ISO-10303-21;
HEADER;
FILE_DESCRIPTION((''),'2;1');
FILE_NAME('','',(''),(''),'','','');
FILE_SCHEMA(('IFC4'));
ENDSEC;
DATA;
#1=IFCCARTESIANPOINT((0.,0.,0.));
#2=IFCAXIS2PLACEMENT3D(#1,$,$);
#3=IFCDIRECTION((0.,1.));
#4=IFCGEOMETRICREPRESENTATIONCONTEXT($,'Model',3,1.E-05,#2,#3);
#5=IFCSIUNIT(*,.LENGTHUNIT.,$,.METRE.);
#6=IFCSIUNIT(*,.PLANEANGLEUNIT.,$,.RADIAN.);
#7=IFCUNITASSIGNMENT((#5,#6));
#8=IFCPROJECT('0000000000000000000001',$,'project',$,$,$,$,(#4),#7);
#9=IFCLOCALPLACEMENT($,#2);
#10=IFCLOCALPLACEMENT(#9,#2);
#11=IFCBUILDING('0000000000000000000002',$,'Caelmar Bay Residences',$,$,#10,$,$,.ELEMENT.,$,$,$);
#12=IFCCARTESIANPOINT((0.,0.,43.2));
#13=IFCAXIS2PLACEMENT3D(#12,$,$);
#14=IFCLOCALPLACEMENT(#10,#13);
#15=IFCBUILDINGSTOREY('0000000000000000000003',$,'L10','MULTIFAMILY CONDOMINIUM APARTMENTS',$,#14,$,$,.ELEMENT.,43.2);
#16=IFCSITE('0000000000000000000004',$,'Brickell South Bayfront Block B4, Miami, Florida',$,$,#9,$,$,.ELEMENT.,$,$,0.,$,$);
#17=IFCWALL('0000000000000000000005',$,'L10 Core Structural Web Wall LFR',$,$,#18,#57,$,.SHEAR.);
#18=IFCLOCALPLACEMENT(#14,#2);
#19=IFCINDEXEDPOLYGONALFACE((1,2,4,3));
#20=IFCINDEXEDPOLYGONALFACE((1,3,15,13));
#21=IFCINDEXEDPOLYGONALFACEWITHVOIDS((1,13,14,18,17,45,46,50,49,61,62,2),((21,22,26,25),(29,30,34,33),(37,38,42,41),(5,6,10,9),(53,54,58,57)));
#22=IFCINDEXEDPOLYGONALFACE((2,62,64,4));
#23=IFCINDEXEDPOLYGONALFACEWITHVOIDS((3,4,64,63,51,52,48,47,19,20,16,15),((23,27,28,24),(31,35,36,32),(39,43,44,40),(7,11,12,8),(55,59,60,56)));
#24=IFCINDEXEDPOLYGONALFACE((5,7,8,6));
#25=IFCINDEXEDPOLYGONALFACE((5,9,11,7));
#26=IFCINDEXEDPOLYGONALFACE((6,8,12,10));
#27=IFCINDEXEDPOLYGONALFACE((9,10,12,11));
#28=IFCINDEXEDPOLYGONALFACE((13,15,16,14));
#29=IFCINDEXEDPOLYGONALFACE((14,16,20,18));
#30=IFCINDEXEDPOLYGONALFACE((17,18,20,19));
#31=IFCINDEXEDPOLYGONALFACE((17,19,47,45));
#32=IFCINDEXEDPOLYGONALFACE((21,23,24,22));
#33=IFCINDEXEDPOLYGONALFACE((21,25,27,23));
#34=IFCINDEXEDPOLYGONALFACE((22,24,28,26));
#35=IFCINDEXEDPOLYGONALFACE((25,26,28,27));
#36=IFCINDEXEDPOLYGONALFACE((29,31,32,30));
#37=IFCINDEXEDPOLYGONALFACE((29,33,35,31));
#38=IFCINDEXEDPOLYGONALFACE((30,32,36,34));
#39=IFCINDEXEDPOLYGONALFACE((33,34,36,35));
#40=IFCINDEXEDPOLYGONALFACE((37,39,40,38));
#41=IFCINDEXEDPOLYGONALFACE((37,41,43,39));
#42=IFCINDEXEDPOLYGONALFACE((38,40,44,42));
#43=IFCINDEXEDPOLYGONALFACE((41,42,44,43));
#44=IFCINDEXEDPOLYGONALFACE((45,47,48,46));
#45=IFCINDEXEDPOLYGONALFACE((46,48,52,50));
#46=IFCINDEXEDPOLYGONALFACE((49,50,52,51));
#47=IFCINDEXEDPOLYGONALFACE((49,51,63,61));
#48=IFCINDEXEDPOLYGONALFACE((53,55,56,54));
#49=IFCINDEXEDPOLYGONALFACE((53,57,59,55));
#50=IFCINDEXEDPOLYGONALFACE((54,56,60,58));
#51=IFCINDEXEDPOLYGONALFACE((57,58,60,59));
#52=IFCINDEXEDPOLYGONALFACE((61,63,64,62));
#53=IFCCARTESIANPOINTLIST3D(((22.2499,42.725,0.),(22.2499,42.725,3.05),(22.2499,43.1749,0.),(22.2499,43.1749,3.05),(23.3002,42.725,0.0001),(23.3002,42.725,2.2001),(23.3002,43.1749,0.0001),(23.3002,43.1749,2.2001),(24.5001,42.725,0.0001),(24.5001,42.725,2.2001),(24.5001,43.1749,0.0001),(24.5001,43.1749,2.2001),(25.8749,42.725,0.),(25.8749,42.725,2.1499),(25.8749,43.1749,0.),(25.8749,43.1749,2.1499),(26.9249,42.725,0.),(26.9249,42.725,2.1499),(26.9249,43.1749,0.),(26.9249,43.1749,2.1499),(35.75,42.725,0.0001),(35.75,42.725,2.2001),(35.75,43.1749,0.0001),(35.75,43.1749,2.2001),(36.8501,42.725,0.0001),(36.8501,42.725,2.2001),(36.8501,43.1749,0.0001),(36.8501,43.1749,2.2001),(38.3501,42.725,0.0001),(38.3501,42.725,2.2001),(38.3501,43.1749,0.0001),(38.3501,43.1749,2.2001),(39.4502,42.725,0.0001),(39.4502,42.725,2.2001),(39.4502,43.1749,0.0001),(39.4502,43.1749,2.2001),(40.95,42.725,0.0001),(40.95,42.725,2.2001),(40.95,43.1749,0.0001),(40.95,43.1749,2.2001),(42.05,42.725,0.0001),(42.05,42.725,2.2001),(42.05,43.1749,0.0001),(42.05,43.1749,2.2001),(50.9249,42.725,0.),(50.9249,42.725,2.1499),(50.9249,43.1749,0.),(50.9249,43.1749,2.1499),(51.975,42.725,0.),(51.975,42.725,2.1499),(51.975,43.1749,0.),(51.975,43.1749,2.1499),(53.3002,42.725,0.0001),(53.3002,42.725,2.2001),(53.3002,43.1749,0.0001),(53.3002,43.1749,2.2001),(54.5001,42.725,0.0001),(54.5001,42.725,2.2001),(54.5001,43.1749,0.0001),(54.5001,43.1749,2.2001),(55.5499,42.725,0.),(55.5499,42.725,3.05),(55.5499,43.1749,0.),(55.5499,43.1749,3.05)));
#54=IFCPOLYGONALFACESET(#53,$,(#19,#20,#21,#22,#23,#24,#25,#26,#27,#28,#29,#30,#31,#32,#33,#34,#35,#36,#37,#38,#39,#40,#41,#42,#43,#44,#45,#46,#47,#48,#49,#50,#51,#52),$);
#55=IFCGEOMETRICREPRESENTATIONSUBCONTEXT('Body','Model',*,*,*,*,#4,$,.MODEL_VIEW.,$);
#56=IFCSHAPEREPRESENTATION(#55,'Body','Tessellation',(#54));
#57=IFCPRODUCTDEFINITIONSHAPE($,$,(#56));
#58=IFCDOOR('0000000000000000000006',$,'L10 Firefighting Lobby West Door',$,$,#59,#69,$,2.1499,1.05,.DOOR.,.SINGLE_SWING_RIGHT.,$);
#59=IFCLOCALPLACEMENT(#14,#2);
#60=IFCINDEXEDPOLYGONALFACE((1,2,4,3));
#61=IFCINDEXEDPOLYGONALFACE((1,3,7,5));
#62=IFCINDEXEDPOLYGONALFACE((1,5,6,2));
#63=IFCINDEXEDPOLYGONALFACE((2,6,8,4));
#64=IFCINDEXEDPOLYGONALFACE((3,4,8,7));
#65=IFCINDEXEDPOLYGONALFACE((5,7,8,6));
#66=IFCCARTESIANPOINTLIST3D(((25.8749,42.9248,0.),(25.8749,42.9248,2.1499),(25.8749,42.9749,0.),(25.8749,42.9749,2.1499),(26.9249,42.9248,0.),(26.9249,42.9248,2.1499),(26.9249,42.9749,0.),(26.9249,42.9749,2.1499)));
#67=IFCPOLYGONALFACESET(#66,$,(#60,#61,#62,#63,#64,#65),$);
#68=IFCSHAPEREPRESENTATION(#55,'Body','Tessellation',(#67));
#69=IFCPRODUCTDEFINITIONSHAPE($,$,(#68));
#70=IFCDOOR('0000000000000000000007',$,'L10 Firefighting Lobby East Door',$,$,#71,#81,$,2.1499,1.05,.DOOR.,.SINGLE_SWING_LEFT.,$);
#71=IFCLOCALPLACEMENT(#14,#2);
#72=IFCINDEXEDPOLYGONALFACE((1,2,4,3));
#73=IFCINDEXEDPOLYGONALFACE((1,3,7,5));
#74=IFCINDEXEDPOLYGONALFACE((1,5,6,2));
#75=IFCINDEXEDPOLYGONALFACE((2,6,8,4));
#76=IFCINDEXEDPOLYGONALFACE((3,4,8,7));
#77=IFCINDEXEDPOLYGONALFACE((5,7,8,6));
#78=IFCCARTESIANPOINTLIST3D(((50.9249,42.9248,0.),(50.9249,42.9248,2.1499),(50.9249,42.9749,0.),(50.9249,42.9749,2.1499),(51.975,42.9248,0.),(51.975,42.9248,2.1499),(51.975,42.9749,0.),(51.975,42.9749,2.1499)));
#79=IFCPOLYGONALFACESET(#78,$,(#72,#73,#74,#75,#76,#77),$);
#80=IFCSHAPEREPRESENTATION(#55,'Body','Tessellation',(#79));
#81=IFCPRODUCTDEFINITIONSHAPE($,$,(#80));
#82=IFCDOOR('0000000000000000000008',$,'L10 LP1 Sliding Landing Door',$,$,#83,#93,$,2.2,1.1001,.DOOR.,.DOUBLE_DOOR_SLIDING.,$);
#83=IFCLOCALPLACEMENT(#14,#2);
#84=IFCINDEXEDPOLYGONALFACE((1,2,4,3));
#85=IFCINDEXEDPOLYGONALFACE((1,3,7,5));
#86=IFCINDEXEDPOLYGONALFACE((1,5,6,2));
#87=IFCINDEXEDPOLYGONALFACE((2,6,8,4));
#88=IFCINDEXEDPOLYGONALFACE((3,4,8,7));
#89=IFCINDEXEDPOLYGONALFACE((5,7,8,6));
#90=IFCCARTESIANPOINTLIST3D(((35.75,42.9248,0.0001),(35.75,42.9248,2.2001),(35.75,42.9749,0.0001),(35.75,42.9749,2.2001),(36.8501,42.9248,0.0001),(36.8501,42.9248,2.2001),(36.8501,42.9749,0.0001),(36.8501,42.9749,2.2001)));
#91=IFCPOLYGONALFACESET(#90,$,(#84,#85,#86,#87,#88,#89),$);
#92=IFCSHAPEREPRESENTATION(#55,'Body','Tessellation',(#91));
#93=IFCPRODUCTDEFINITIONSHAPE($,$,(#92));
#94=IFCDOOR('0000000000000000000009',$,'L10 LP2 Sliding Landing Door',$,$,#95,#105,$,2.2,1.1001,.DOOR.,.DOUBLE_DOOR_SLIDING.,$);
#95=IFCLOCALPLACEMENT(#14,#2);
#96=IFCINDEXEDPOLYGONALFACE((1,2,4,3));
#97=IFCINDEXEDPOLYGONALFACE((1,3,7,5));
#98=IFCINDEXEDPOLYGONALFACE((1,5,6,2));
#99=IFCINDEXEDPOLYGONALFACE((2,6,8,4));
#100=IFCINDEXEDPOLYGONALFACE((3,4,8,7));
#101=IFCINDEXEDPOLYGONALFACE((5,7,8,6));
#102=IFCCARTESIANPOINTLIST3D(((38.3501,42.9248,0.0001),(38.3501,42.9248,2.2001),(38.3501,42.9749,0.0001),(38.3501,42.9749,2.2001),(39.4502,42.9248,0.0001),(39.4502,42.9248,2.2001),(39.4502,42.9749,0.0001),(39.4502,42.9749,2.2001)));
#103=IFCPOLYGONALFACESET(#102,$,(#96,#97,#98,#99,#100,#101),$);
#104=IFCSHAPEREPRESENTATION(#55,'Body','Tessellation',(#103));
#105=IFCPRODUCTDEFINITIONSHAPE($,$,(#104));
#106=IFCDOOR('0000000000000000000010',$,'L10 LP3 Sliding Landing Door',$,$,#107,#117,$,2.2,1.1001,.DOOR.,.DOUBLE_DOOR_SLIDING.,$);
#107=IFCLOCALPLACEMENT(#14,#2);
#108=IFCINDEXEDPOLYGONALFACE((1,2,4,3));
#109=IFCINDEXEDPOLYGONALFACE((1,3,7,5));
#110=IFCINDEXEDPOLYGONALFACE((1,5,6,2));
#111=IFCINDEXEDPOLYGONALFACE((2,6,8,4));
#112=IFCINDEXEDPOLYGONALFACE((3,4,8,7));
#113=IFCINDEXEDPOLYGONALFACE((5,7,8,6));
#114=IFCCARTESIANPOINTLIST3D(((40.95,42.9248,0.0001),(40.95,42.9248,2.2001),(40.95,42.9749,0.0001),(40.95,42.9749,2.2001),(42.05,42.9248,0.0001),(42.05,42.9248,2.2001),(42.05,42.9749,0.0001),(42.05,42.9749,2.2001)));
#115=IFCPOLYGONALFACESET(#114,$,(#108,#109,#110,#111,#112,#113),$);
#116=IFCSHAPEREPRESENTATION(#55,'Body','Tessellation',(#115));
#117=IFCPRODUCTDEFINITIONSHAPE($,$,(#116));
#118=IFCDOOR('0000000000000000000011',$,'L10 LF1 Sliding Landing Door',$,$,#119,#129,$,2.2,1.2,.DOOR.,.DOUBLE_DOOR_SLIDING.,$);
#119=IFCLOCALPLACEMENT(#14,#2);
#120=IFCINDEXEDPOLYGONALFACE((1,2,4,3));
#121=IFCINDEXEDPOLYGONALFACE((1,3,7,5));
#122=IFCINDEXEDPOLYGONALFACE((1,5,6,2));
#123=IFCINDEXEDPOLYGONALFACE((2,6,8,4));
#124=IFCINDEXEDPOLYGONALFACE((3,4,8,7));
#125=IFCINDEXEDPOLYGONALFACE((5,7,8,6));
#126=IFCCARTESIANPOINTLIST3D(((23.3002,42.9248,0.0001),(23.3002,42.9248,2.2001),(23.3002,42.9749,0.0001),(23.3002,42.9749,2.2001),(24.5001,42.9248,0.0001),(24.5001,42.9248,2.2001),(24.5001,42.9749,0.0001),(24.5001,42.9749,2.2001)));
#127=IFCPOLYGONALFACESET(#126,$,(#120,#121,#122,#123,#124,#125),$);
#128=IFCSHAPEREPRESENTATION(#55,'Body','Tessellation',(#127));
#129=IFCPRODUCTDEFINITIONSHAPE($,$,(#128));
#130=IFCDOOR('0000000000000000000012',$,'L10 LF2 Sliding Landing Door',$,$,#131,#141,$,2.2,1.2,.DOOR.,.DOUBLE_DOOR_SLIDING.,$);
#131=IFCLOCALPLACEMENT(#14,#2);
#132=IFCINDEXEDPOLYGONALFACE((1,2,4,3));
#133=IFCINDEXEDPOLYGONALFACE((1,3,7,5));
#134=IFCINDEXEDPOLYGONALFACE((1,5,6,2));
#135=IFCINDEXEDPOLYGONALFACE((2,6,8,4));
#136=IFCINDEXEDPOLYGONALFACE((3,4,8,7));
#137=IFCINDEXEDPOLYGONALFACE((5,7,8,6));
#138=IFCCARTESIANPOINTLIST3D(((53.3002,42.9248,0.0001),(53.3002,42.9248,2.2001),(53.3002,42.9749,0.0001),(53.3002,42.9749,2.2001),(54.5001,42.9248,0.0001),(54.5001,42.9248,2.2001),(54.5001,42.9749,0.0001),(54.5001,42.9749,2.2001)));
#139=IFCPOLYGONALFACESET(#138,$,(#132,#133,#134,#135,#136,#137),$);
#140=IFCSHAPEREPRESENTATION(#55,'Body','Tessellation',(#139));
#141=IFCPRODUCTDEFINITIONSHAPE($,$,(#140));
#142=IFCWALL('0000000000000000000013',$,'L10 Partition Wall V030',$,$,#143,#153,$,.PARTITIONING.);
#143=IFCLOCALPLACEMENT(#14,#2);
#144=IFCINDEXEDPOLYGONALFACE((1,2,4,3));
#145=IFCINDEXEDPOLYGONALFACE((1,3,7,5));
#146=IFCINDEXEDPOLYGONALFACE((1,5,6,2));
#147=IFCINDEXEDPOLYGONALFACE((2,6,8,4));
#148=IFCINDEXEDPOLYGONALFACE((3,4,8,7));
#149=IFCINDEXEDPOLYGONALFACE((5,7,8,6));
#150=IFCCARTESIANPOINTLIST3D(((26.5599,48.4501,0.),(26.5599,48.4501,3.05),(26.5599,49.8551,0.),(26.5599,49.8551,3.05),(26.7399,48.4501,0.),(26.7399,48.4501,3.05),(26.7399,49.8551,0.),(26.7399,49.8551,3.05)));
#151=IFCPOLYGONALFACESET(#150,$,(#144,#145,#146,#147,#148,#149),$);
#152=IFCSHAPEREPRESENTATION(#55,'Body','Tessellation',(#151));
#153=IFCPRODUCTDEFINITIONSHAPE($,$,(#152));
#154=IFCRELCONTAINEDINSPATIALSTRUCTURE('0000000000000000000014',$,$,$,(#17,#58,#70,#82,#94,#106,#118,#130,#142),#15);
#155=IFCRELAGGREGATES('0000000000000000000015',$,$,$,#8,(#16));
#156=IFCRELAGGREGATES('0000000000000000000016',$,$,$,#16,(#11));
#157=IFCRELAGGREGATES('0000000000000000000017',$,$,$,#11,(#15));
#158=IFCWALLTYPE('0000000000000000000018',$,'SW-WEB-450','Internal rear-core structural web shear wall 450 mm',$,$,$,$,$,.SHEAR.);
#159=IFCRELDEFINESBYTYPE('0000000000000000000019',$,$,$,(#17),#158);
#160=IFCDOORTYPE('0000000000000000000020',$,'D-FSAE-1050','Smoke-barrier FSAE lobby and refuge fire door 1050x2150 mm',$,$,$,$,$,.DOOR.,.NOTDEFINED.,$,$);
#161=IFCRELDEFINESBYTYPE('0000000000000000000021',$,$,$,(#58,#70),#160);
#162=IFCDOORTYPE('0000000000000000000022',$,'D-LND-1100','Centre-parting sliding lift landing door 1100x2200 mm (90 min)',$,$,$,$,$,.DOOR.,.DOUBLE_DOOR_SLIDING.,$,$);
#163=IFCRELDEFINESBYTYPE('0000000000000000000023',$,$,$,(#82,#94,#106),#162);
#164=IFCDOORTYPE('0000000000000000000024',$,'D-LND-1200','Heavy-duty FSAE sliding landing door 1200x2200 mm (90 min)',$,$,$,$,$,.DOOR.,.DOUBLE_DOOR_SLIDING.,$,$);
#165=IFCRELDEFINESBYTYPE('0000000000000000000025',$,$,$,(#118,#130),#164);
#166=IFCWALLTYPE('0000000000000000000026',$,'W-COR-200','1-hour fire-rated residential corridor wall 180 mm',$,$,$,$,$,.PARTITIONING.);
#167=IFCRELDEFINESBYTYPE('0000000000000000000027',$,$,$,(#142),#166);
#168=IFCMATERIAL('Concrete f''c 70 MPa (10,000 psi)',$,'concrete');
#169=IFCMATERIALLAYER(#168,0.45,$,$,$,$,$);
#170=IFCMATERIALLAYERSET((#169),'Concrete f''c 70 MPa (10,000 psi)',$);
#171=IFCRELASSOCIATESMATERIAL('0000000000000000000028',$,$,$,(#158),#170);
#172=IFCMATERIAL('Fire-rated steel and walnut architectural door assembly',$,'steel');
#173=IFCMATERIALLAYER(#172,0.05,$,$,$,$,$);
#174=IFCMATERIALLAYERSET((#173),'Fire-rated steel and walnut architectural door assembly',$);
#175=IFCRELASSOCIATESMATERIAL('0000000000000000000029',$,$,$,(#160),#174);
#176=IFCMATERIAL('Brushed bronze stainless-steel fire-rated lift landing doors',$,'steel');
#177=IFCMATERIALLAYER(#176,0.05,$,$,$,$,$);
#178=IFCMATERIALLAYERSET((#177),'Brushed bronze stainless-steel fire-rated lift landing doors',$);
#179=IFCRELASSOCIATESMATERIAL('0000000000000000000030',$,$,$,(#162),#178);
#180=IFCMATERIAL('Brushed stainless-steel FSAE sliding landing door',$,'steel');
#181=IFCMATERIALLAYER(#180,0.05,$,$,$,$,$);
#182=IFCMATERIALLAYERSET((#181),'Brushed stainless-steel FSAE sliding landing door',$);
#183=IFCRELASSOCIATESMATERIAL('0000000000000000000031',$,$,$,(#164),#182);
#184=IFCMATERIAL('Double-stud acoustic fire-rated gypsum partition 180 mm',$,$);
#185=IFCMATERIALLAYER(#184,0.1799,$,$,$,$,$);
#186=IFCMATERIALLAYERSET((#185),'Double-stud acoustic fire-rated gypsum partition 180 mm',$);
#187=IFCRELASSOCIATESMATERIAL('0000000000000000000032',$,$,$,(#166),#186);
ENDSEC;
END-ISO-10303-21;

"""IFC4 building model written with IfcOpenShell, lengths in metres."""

from ifc_helpers import new_model, si_unit, direction, frame, frame_2d, origin, place, context, subcontext, project, spatial, rectangle, extrude, material, layer, layer_set, type_object, element, fill, save


model = new_model("IFC4")

# Units and contexts
model_context = context("Model", 3, precision=1e-05, world=origin(), true_north=direction((0.0, 1.0)))
body_context = subcontext(model_context, "Body", "Model", "MODEL_VIEW")
ifc_project = project(units=[si_unit("LENGTHUNIT", "METRE"), si_unit("PLANEANGLEUNIT", "RADIAN")], contexts=[model_context])

# Site, building, storey
site_placement = place(None, origin())
site = spatial("IfcSite", under=ifc_project, at=site_placement, Name="Brickell South Bayfront Block B4, Miami, Florida", CompositionType="ELEMENT", RefElevation=0.0)
building_placement = place(site_placement, origin())
building = spatial("IfcBuilding", under=site, at=building_placement, Name="Caelmar Bay Residences", CompositionType="ELEMENT")
storey_placement = place(building_placement, frame((0.0, 0.0, 43.2)))
storey = spatial("IfcBuildingStorey", under=building, at=storey_placement, Name="L10", Description="MULTIFAMILY CONDOMINIUM APARTMENTS", CompositionType="ELEMENT", Elevation=43.2)

# Shared definitions
ifc_material_1 = material(Name="Fire-rated steel and walnut architectural door assembly", Category="steel")

# Wall, openings, doors
ifc_material_2 = material(Name="Concrete f'c 70 MPa (10,000 psi)", Category="concrete")
ifc_layer_1 = layer(ifc_material_2, 0.45)
ifc_layer_set_1 = layer_set([ifc_layer_1], Name="Concrete f'c 70 MPa (10,000 psi)")
wall_type_1 = type_object("IfcWallType", Name="SW-WEB-450", Description="Internal rear-core structural web shear wall 450 mm", PredefinedType="SHEAR", material=ifc_layer_set_1)
wall_1_placement = place(storey_placement, frame((22.25, 42.95, 0.0), z_axis=(0.0, 0.0, 1.0), x_axis=(1.0, 0.0, 0.0)))
wall_1 = element("IfcWall", 1, at=wall_1_placement, inside=storey, type_object=wall_type_1, Name="L10 Core Structural Web Wall LFR", PredefinedType="SHEAR", context=body_context, shape_type="SweptSolid", body=[
    extrude(rectangle(XDim=33.3, YDim=0.45, at=frame_2d((16.6499, 0.0))), origin(), (0.0, 0.0, 1.0), 3.05),
])
opening_1_placement = place(wall_1_placement, frame((1.05, 0.0, 0.0)))
opening_1 = element("IfcOpeningElement", 2, at=opening_1_placement, cuts=wall_1, PredefinedType="OPENING", context=body_context, shape_type="SweptSolid", body=[
    extrude(rectangle(XDim=1.2, YDim=2.2, at=frame_2d((0.6001, 1.1001))), frame((0.0, 0.2349, 0.0), z_axis=(0.0, -1.0, 0.0), x_axis=(1.0, 0.0, 0.0)), (0.0, 0.0, 1.0), 0.47),
])
opening_2_placement = place(wall_1_placement, frame((31.05, 0.0, 0.0)))
opening_2 = element("IfcOpeningElement", 3, at=opening_2_placement, cuts=wall_1, PredefinedType="OPENING", context=body_context, shape_type="SweptSolid", body=[
    extrude(rectangle(XDim=1.2, YDim=2.2, at=frame_2d((0.6001, 1.1001))), frame((0.0, 0.2349, 0.0), z_axis=(0.0, -1.0, 0.0), x_axis=(1.0, 0.0, 0.0)), (0.0, 0.0, 1.0), 0.47),
])
opening_3_placement = place(wall_1_placement, frame((13.5, 0.0, 0.0)))
opening_3 = element("IfcOpeningElement", 4, at=opening_3_placement, cuts=wall_1, PredefinedType="OPENING", context=body_context, shape_type="SweptSolid", body=[
    extrude(rectangle(XDim=1.1001, YDim=2.2, at=frame_2d((0.55, 1.1001))), frame((0.0, 0.2349, 0.0), z_axis=(0.0, -1.0, 0.0), x_axis=(1.0, 0.0, 0.0)), (0.0, 0.0, 1.0), 0.47),
])
opening_4_placement = place(wall_1_placement, frame((16.1001, 0.0, 0.0)))
opening_4 = element("IfcOpeningElement", 5, at=opening_4_placement, cuts=wall_1, PredefinedType="OPENING", context=body_context, shape_type="SweptSolid", body=[
    extrude(rectangle(XDim=1.1001, YDim=2.2, at=frame_2d((0.55, 1.1001))), frame((0.0, 0.2349, 0.0), z_axis=(0.0, -1.0, 0.0), x_axis=(1.0, 0.0, 0.0)), (0.0, 0.0, 1.0), 0.47),
])
opening_5_placement = place(wall_1_placement, frame((18.7, 0.0, 0.0)))
opening_5 = element("IfcOpeningElement", 6, at=opening_5_placement, cuts=wall_1, PredefinedType="OPENING", context=body_context, shape_type="SweptSolid", body=[
    extrude(rectangle(XDim=1.1001, YDim=2.2, at=frame_2d((0.55, 1.1001))), frame((0.0, 0.2349, 0.0), z_axis=(0.0, -1.0, 0.0), x_axis=(1.0, 0.0, 0.0)), (0.0, 0.0, 1.0), 0.47),
])
opening_6_placement = place(wall_1_placement, frame((3.625, 0.0, 0.0)))
opening_6 = element("IfcOpeningElement", 7, at=opening_6_placement, cuts=wall_1, PredefinedType="OPENING", context=body_context, shape_type="SweptSolid", body=[
    extrude(rectangle(XDim=1.05, YDim=2.1499, at=frame_2d((0.5249, 1.075))), frame((0.0, 0.2349, 0.0), z_axis=(0.0, -1.0, 0.0), x_axis=(1.0, 0.0, 0.0)), (0.0, 0.0, 1.0), 0.47),
])
opening_7_placement = place(wall_1_placement, frame((28.675, 0.0, 0.0)))
opening_7 = element("IfcOpeningElement", 8, at=opening_7_placement, cuts=wall_1, PredefinedType="OPENING", context=body_context, shape_type="SweptSolid", body=[
    extrude(rectangle(XDim=1.05, YDim=2.1499, at=frame_2d((0.5249, 1.075))), frame((0.0, 0.2349, 0.0), z_axis=(0.0, -1.0, 0.0), x_axis=(1.0, 0.0, 0.0)), (0.0, 0.0, 1.0), 0.47),
])
ifc_layer_2 = layer(ifc_material_1, 0.05)
ifc_layer_set_2 = layer_set([ifc_layer_2], Name="Fire-rated steel and walnut architectural door assembly")
door_type_1 = type_object("IfcDoorType", Name="D-FSAE-1050", Description="Smoke-barrier FSAE lobby and refuge fire door 1050x2150 mm", OperationType="NOTDEFINED", PredefinedType="DOOR", material=ifc_layer_set_2)
door_1_placement = place(opening_6_placement, origin())
door_1 = element("IfcDoor", 9, at=door_1_placement, inside=storey, type_object=door_type_1, Name="L10 Firefighting Lobby West Door", OperationType="SINGLE_SWING_RIGHT", OverallHeight=2.1499, OverallWidth=1.05, PredefinedType="DOOR", context=body_context, shape_type="SweptSolid", body=[
    extrude(rectangle(XDim=1.05, YDim=2.1499, at=frame_2d((0.5249, 1.075))), frame((0.0, 0.0249, 0.0), z_axis=(0.0, -1.0, 0.0), x_axis=(1.0, 0.0, 0.0)), (0.0, 0.0, 1.0), 0.05),
])
fill(opening_6, door_1)
door_2_placement = place(opening_7_placement, origin())
door_2 = element("IfcDoor", 10, at=door_2_placement, inside=storey, type_object=door_type_1, Name="L10 Firefighting Lobby East Door", OperationType="SINGLE_SWING_LEFT", OverallHeight=2.1499, OverallWidth=1.05, PredefinedType="DOOR", context=body_context, shape_type="SweptSolid", body=[
    extrude(rectangle(XDim=1.05, YDim=2.1499, at=frame_2d((0.5249, 1.075))), frame((0.0, 0.0249, 0.0), z_axis=(0.0, -1.0, 0.0), x_axis=(1.0, 0.0, 0.0)), (0.0, 0.0, 1.0), 0.05),
])
fill(opening_7, door_2)
ifc_material_3 = material(Name="Brushed bronze stainless-steel fire-rated lift landing doors", Category="steel")
ifc_layer_3 = layer(ifc_material_3, 0.05)
ifc_layer_set_3 = layer_set([ifc_layer_3], Name="Brushed bronze stainless-steel fire-rated lift landing doors")
door_type_2 = type_object("IfcDoorType", Name="D-LND-1100", Description="Centre-parting sliding lift landing door 1100x2200 mm (90 min)", OperationType="DOUBLE_DOOR_SLIDING", PredefinedType="DOOR", material=ifc_layer_set_3)
door_3_placement = place(opening_3_placement, origin())
door_3 = element("IfcDoor", 11, at=door_3_placement, inside=storey, type_object=door_type_2, Name="L10 LP1 Sliding Landing Door", OperationType="DOUBLE_DOOR_SLIDING", OverallHeight=2.2, OverallWidth=1.1001, PredefinedType="DOOR", context=body_context, shape_type="SweptSolid", body=[
    extrude(rectangle(XDim=1.1001, YDim=2.2, at=frame_2d((0.55, 1.1001))), frame((0.0, 0.0249, 0.0), z_axis=(0.0, -1.0, 0.0), x_axis=(1.0, 0.0, 0.0)), (0.0, 0.0, 1.0), 0.05),
])
fill(opening_3, door_3)
door_4_placement = place(opening_4_placement, origin())
door_4 = element("IfcDoor", 12, at=door_4_placement, inside=storey, type_object=door_type_2, Name="L10 LP2 Sliding Landing Door", OperationType="DOUBLE_DOOR_SLIDING", OverallHeight=2.2, OverallWidth=1.1001, PredefinedType="DOOR", context=body_context, shape_type="SweptSolid", body=[
    extrude(rectangle(XDim=1.1001, YDim=2.2, at=frame_2d((0.55, 1.1001))), frame((0.0, 0.0249, 0.0), z_axis=(0.0, -1.0, 0.0), x_axis=(1.0, 0.0, 0.0)), (0.0, 0.0, 1.0), 0.05),
])
fill(opening_4, door_4)
door_5_placement = place(opening_5_placement, origin())
door_5 = element("IfcDoor", 13, at=door_5_placement, inside=storey, type_object=door_type_2, Name="L10 LP3 Sliding Landing Door", OperationType="DOUBLE_DOOR_SLIDING", OverallHeight=2.2, OverallWidth=1.1001, PredefinedType="DOOR", context=body_context, shape_type="SweptSolid", body=[
    extrude(rectangle(XDim=1.1001, YDim=2.2, at=frame_2d((0.55, 1.1001))), frame((0.0, 0.0249, 0.0), z_axis=(0.0, -1.0, 0.0), x_axis=(1.0, 0.0, 0.0)), (0.0, 0.0, 1.0), 0.05),
])
fill(opening_5, door_5)
ifc_material_4 = material(Name="Brushed stainless-steel FSAE sliding landing door", Category="steel")
ifc_layer_4 = layer(ifc_material_4, 0.05)
ifc_layer_set_4 = layer_set([ifc_layer_4], Name="Brushed stainless-steel FSAE sliding landing door")
door_type_3 = type_object("IfcDoorType", Name="D-LND-1200", Description="Heavy-duty FSAE sliding landing door 1200x2200 mm (90 min)", OperationType="DOUBLE_DOOR_SLIDING", PredefinedType="DOOR", material=ifc_layer_set_4)
door_6_placement = place(opening_1_placement, origin())
door_6 = element("IfcDoor", 14, at=door_6_placement, inside=storey, type_object=door_type_3, Name="L10 LF1 Sliding Landing Door", OperationType="DOUBLE_DOOR_SLIDING", OverallHeight=2.2, OverallWidth=1.2, PredefinedType="DOOR", context=body_context, shape_type="SweptSolid", body=[
    extrude(rectangle(XDim=1.2, YDim=2.2, at=frame_2d((0.6001, 1.1001))), frame((0.0, 0.0249, 0.0), z_axis=(0.0, -1.0, 0.0), x_axis=(1.0, 0.0, 0.0)), (0.0, 0.0, 1.0), 0.05),
])
fill(opening_1, door_6)
door_7_placement = place(opening_2_placement, origin())
door_7 = element("IfcDoor", 15, at=door_7_placement, inside=storey, type_object=door_type_3, Name="L10 LF2 Sliding Landing Door", OperationType="DOUBLE_DOOR_SLIDING", OverallHeight=2.2, OverallWidth=1.2, PredefinedType="DOOR", context=body_context, shape_type="SweptSolid", body=[
    extrude(rectangle(XDim=1.2, YDim=2.2, at=frame_2d((0.6001, 1.1001))), frame((0.0, 0.0249, 0.0), z_axis=(0.0, -1.0, 0.0), x_axis=(1.0, 0.0, 0.0)), (0.0, 0.0, 1.0), 0.05),
])
fill(opening_2, door_7)

# Wall
ifc_material_5 = material(Name="Double-stud acoustic fire-rated gypsum partition 180 mm")
ifc_layer_5 = layer(ifc_material_5, 0.1799)
ifc_layer_set_5 = layer_set([ifc_layer_5], Name="Double-stud acoustic fire-rated gypsum partition 180 mm")
wall_type_2 = type_object("IfcWallType", Name="W-COR-200", Description="1-hour fire-rated residential corridor wall 180 mm", PredefinedType="PARTITIONING", material=ifc_layer_set_5)
wall_2_placement = place(storey_placement, frame((26.6499, 48.45, 0.0), z_axis=(0.0, 0.0, 1.0), x_axis=(0.0, 1.0, 0.0)))
element("IfcWall", 16, at=wall_2_placement, inside=storey, type_object=wall_type_2, Name="L10 Partition Wall V030", PredefinedType="PARTITIONING", context=body_context, shape_type="SweptSolid", body=[
    extrude(rectangle(XDim=1.405, YDim=0.1799, at=frame_2d((0.7026, 0.0))), origin(), (0.0, 0.0, 1.0), 3.05),
])

save(model, "model.ifc")
